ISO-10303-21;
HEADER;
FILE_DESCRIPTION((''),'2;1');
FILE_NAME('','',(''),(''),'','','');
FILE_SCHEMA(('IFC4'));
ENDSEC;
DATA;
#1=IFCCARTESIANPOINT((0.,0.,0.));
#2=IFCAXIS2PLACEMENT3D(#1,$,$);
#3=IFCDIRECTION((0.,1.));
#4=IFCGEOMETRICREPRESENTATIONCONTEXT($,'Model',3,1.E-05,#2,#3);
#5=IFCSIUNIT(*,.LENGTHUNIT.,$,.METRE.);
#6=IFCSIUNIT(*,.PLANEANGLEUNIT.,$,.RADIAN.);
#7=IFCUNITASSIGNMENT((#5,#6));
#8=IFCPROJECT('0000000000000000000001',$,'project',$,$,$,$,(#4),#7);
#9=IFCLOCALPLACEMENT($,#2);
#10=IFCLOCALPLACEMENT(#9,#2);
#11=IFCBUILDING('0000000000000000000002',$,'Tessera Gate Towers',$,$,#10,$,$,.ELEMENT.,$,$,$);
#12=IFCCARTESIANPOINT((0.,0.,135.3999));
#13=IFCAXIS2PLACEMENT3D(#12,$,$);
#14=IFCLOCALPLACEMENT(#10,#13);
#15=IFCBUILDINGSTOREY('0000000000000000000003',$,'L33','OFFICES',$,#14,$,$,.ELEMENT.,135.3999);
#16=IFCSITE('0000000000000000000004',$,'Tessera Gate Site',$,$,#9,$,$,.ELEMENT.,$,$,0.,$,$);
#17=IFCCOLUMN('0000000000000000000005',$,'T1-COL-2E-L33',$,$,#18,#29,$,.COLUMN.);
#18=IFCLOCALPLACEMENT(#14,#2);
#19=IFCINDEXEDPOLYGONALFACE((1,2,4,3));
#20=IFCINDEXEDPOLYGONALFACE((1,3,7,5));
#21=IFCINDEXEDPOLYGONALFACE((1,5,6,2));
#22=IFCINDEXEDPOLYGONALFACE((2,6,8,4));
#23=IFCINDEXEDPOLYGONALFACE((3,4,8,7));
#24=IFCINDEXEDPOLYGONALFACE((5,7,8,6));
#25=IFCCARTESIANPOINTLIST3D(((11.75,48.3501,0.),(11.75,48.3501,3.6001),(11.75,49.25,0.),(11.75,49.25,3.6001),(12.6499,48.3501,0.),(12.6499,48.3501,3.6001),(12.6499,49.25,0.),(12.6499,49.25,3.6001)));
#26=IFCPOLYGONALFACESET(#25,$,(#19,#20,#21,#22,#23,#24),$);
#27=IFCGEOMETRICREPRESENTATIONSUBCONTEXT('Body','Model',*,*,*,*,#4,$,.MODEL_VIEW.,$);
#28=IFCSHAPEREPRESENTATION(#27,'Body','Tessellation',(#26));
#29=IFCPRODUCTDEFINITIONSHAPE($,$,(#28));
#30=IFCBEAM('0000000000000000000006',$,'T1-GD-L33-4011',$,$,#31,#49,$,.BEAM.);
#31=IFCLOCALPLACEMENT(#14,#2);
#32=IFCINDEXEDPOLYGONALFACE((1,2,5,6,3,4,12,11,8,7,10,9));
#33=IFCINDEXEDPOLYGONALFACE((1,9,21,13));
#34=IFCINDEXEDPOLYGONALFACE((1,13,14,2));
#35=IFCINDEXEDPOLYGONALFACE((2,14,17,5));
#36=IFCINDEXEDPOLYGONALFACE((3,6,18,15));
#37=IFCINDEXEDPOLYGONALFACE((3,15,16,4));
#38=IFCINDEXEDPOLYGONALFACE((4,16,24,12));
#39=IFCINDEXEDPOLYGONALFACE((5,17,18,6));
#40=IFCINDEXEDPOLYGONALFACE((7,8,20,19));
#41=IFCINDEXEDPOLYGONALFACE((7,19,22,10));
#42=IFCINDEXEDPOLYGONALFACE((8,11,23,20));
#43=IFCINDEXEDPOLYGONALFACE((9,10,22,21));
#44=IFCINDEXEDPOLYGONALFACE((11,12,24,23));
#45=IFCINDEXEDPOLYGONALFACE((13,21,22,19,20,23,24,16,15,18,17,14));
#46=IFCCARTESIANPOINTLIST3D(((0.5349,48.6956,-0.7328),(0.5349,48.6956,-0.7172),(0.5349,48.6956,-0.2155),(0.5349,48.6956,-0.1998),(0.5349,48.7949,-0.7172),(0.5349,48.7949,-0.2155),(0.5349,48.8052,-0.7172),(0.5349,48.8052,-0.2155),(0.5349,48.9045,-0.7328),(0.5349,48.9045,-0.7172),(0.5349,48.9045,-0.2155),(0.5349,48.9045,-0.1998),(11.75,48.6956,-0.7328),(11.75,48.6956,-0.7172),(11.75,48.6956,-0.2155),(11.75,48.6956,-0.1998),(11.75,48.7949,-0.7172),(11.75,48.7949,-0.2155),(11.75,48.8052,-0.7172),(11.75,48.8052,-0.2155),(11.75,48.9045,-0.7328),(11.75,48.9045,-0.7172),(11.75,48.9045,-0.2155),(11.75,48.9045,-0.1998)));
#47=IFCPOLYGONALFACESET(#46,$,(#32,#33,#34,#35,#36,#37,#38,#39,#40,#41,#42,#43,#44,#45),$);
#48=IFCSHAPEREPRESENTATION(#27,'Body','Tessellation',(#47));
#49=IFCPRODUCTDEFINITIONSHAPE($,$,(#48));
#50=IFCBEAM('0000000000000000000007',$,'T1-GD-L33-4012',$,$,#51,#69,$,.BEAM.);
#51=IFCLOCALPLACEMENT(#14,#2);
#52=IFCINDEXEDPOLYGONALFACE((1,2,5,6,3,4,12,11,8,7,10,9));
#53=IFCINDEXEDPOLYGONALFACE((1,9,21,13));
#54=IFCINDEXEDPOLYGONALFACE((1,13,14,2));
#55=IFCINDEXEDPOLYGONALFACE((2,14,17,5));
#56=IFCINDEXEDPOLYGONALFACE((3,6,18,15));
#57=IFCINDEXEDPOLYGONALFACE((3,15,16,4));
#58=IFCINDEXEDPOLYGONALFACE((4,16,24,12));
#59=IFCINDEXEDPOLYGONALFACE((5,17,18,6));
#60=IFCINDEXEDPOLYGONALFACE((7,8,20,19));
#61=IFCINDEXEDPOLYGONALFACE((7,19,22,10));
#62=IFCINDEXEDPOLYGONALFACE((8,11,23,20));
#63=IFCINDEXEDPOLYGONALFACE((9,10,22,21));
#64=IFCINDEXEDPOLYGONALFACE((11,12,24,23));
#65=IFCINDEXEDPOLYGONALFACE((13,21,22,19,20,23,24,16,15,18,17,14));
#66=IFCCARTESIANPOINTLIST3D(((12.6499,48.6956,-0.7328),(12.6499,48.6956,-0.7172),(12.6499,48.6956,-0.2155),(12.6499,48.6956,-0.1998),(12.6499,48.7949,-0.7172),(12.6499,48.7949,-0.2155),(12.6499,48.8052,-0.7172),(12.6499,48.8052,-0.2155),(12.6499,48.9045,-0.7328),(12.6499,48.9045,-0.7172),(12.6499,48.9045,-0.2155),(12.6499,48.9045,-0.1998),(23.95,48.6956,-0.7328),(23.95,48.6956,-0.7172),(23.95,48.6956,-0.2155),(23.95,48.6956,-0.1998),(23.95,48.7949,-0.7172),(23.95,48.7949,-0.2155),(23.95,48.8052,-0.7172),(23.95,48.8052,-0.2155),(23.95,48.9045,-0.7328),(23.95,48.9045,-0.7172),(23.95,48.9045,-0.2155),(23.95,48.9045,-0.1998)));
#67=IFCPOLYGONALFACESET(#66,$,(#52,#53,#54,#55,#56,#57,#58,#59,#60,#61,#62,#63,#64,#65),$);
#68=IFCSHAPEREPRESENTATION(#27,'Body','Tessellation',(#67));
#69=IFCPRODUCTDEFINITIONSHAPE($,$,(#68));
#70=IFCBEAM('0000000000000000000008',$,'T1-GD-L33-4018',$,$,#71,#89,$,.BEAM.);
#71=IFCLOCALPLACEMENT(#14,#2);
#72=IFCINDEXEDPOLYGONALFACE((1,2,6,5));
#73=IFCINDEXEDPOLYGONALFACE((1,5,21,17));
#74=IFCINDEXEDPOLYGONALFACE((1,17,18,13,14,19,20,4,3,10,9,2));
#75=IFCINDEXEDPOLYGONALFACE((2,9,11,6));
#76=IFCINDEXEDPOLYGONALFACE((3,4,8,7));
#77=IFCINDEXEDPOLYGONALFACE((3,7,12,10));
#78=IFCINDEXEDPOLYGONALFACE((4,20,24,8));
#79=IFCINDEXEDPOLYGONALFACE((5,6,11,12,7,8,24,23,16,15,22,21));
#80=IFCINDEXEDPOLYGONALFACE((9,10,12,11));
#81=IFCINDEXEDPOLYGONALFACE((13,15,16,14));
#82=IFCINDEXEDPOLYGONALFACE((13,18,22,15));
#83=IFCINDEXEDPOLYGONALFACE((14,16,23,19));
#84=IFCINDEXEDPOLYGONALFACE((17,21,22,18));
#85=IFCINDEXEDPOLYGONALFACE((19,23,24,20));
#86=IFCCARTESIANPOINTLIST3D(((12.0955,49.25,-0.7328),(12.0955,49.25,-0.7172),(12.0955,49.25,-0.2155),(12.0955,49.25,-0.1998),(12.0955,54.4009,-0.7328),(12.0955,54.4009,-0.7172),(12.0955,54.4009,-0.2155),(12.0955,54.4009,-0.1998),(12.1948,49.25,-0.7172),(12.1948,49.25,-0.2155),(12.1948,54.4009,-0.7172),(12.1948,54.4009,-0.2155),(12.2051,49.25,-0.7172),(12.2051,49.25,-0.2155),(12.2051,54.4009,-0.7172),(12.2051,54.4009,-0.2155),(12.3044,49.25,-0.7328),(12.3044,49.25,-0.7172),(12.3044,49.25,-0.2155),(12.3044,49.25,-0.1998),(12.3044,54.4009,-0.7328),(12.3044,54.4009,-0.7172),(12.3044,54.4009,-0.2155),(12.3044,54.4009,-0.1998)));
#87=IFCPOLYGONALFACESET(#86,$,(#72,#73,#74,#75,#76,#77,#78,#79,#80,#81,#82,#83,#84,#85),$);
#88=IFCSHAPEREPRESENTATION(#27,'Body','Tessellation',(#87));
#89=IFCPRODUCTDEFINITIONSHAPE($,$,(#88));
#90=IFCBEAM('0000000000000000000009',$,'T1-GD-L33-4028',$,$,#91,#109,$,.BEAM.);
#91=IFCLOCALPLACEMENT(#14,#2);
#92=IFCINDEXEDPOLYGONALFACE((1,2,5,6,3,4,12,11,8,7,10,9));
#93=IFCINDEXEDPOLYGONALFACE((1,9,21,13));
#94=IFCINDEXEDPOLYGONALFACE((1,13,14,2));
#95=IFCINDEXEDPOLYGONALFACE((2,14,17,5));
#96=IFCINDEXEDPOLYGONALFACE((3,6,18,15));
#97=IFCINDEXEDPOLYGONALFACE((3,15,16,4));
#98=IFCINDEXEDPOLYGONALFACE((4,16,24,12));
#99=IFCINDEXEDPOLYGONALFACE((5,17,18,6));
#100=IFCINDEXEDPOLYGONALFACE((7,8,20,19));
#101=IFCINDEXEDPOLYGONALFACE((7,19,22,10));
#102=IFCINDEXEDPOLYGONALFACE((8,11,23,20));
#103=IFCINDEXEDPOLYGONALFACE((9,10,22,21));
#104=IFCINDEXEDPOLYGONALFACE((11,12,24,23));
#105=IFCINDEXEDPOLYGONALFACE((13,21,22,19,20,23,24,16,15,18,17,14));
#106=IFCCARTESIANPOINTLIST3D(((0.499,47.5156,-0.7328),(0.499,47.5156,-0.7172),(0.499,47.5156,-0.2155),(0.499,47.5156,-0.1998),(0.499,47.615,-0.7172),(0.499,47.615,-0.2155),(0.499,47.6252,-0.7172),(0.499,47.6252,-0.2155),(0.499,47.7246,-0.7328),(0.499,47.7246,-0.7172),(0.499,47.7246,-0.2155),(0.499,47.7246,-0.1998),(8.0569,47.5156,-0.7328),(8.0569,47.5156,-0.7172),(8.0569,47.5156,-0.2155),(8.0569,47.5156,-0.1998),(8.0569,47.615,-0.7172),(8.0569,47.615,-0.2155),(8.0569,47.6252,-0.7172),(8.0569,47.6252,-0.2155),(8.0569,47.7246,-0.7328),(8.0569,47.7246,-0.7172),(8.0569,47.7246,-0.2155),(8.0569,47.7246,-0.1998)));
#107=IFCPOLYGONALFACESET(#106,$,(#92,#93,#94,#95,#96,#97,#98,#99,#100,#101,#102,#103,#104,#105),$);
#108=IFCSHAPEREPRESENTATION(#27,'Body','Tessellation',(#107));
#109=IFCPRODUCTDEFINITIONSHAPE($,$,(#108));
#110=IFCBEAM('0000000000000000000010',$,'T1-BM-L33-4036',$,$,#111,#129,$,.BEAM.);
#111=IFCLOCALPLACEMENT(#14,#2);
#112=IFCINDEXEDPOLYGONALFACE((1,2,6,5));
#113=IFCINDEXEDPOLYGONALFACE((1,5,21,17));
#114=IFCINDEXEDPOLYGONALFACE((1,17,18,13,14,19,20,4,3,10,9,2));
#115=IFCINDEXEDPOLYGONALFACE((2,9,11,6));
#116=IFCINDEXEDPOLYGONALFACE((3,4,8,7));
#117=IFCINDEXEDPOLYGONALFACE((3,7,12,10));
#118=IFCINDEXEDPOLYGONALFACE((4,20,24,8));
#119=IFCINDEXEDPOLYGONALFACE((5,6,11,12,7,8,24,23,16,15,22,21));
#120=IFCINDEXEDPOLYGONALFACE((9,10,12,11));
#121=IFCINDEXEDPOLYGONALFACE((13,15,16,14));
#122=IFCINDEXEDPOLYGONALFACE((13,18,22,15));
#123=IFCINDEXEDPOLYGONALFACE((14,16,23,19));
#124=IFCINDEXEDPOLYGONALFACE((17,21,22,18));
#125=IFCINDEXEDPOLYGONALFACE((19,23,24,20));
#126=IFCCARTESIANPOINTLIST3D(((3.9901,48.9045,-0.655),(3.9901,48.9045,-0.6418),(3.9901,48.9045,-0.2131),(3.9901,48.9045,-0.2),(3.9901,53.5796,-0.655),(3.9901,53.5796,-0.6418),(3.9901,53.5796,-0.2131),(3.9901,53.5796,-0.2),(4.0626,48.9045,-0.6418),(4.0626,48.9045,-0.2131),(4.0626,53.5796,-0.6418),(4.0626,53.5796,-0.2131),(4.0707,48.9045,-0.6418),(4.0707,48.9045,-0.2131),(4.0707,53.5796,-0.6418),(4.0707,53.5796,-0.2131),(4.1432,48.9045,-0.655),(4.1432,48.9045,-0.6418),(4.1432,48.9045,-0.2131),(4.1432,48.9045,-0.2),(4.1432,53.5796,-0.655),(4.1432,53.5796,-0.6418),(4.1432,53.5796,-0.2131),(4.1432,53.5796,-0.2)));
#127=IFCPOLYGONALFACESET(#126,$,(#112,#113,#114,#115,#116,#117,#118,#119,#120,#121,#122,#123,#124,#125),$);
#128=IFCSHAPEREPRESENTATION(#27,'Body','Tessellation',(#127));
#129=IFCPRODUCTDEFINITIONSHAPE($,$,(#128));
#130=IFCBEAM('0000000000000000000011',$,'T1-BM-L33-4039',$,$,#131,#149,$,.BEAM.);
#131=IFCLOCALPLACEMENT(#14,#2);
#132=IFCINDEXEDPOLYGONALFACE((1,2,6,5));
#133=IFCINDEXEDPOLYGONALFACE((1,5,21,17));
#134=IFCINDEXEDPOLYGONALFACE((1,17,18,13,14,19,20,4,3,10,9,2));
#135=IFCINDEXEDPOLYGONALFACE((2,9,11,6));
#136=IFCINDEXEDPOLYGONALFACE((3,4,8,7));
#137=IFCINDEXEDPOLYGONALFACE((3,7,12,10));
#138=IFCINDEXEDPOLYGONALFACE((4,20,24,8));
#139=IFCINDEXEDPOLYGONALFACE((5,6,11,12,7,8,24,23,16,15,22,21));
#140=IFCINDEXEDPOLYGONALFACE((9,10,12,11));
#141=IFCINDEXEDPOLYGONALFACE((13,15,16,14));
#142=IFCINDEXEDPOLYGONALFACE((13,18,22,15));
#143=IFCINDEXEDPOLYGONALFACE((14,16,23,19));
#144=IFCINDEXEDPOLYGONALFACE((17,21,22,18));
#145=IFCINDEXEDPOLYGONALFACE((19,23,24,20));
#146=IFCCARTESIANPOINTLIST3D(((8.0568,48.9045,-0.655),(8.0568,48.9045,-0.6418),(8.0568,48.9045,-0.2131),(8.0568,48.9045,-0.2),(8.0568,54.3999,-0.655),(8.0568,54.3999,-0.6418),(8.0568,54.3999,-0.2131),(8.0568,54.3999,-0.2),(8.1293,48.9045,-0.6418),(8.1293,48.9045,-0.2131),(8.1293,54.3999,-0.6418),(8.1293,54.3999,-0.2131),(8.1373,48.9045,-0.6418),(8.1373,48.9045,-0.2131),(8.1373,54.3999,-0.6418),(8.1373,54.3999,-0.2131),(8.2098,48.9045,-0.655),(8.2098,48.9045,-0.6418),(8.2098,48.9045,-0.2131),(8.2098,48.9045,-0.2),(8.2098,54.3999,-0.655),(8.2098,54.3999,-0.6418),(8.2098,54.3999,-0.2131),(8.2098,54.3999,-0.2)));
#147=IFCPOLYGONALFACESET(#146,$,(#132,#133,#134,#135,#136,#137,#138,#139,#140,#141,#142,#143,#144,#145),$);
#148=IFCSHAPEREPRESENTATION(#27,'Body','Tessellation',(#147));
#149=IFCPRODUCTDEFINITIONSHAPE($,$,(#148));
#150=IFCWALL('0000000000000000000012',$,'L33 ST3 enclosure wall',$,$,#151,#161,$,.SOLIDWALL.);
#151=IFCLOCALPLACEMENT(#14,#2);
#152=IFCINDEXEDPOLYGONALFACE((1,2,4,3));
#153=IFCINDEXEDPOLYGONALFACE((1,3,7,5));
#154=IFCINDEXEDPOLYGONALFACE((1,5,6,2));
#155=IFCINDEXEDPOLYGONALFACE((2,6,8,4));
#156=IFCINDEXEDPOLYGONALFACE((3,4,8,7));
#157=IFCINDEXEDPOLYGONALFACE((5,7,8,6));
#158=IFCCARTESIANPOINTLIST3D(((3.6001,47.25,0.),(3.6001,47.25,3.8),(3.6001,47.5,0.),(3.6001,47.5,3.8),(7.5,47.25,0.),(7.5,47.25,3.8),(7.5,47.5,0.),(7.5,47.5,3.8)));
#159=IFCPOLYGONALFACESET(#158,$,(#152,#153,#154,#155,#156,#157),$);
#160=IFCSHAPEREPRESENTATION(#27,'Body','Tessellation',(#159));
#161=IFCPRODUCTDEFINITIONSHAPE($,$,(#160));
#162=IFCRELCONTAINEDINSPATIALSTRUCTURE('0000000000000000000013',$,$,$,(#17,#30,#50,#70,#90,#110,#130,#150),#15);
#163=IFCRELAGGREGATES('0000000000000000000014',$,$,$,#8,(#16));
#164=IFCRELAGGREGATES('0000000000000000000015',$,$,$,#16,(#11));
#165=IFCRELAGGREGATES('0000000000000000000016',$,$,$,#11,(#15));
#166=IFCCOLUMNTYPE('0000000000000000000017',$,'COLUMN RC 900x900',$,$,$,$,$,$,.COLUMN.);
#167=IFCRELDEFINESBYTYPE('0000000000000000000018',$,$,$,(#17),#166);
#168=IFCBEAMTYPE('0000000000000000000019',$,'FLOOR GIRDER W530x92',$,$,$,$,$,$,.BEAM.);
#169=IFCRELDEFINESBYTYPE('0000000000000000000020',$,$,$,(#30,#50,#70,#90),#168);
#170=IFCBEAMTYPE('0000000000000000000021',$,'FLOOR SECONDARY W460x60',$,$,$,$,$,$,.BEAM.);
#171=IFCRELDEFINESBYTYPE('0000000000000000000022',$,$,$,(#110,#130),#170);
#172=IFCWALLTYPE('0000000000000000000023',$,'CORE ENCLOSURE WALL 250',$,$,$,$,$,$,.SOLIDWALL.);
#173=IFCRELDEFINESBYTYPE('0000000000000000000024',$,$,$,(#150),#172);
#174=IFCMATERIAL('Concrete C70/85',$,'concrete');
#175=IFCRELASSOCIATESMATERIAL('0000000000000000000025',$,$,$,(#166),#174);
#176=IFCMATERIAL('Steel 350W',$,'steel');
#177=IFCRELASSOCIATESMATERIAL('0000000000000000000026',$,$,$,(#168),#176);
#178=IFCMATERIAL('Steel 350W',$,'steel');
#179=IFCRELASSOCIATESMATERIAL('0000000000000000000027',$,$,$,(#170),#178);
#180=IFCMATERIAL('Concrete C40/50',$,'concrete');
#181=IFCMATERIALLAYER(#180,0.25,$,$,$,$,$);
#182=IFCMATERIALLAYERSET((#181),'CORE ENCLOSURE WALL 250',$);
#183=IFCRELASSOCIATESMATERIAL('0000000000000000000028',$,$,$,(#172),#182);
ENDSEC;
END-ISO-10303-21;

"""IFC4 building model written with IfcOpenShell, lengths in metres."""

from ifc_helpers import new_model, si_unit, direction, frame, frame_2d, origin, origin_2d, place, context, subcontext, project, spatial, rectangle, i_section, extrude, material, layer, layer_set, material_profile, profile_set, type_object, element, save


model = new_model("IFC4")

# Units and contexts
model_context = context("Model", 3, precision=1e-05, world=origin(), true_north=direction((0.0, 1.0)))
body_context = subcontext(model_context, "Body", "Model", "MODEL_VIEW")
ifc_project = project(units=[si_unit("LENGTHUNIT", "METRE"), si_unit("PLANEANGLEUNIT", "RADIAN")], contexts=[model_context])

# Site, building, storey
site_placement = place(None, origin())
site = spatial("IfcSite", under=ifc_project, at=site_placement, Name="Tessera Gate Site", CompositionType="ELEMENT", RefElevation=0.0)
building_placement = place(site_placement, origin())
building = spatial("IfcBuilding", under=site, at=building_placement, Name="Tessera Gate Towers", CompositionType="ELEMENT")
storey_placement = place(building_placement, frame((0.0, 0.0, 135.3999)))
storey = spatial("IfcBuildingStorey", under=building, at=storey_placement, Name="L33", Description="OFFICES", CompositionType="ELEMENT", Elevation=135.3999)

# Column
ifc_material_1 = material(Name="Concrete C70/85", Category="concrete")
ifc_material_profile_1 = material_profile(ifc_material_1, rectangle(XDim=0.8999, YDim=0.8999, at=origin_2d()), Name="RC 900x900")
ifc_profile_set_1 = profile_set([ifc_material_profile_1], Name="Concrete C70/85")
column_type = type_object("IfcColumnType", Name="COLUMN RC 900x900", PredefinedType="COLUMN", material=ifc_profile_set_1)
column_placement = place(storey_placement, frame((12.2, 48.8, 0.0), z_axis=(0.0, 0.0, 1.0), x_axis=(1.0, 0.0, 0.0)))
element("IfcColumn", 1, at=column_placement, inside=storey, type_object=column_type, Name="T1-COL-2E-L33", PredefinedType="COLUMN", context=body_context, shape_type="SweptSolid", body=[
    extrude(rectangle(XDim=0.8999, YDim=0.8999, at=origin_2d()), origin(), (0.0, 0.0, 1.0), 3.6001),
])

# Beams
ifc_material_2 = material(Name="Steel 350W", Category="steel")
ifc_material_profile_2 = material_profile(ifc_material_2, i_section(OverallWidth=0.209, OverallDepth=0.533, WebThickness=0.0103, FlangeThickness=0.0156, at=origin_2d()), Name="W530x92")
ifc_profile_set_2 = profile_set([ifc_material_profile_2], Name="Steel 350W")
beam_type_1 = type_object("IfcBeamType", Name="FLOOR GIRDER W530x92", PredefinedType="BEAM", material=ifc_profile_set_2)
beam_1_placement = place(storey_placement, frame((0.5349, 48.8, -0.4663), z_axis=(1.0, 0.0, 0.0), x_axis=(0.0, 1.0, 0.0)))
element("IfcBeam", 2, at=beam_1_placement, inside=storey, type_object=beam_type_1, Name="T1-GD-L33-4011", PredefinedType="BEAM", context=body_context, shape_type="SweptSolid", body=[
    extrude(i_section(OverallWidth=0.209, OverallDepth=0.533, WebThickness=0.0103, FlangeThickness=0.0156, at=origin_2d()), origin(), (0.0, 0.0, 1.0), 11.2151),
])
beam_2_placement = place(storey_placement, frame((12.6499, 48.8, -0.4663), z_axis=(1.0, 0.0, 0.0), x_axis=(0.0, 1.0, 0.0)))
element("IfcBeam", 3, at=beam_2_placement, inside=storey, type_object=beam_type_1, Name="T1-GD-L33-4012", PredefinedType="BEAM", context=body_context, shape_type="SweptSolid", body=[
    extrude(i_section(OverallWidth=0.209, OverallDepth=0.533, WebThickness=0.0103, FlangeThickness=0.0156, at=origin_2d()), origin(), (0.0, 0.0, 1.0), 11.3),
])
beam_3_placement = place(storey_placement, frame((12.2, 49.25, -0.4663), z_axis=(0.0, 1.0, 0.0), x_axis=(-1.0, 0.0, 0.0)))
element("IfcBeam", 4, at=beam_3_placement, inside=storey, type_object=beam_type_1, Name="T1-GD-L33-4018", PredefinedType="BEAM", context=body_context, shape_type="SweptSolid", body=[
    extrude(i_section(OverallWidth=0.209, OverallDepth=0.533, WebThickness=0.0103, FlangeThickness=0.0156, at=origin_2d()), origin(), (0.0, 0.0, 1.0), 5.1509),
])
beam_4_placement = place(storey_placement, frame((0.499, 47.6201, -0.4663), z_axis=(1.0, 0.0, 0.0), x_axis=(0.0, 1.0, 0.0)))
element("IfcBeam", 5, at=beam_4_placement, inside=storey, type_object=beam_type_1, Name="T1-GD-L33-4028", PredefinedType="BEAM", context=body_context, shape_type="SweptSolid", body=[
    extrude(i_section(OverallWidth=0.209, OverallDepth=0.533, WebThickness=0.0103, FlangeThickness=0.0156, at=origin_2d()), origin(), (0.0, 0.0, 1.0), 7.5579),
])
ifc_material_3 = material(Name="Steel 350W", Category="steel")
ifc_material_profile_3 = material_profile(ifc_material_3, i_section(OverallWidth=0.1531, OverallDepth=0.4551, WebThickness=0.0081, FlangeThickness=0.0132, at=origin_2d()), Name="W460x60")
ifc_profile_set_3 = profile_set([ifc_material_profile_3], Name="Steel 350W")
beam_type_2 = type_object("IfcBeamType", Name="FLOOR SECONDARY W460x60", PredefinedType="BEAM", material=ifc_profile_set_3)
beam_5_placement = place(storey_placement, frame((4.0667, 48.9045, -0.4275), z_axis=(0.0, 1.0, 0.0), x_axis=(-1.0, 0.0, 0.0)))
element("IfcBeam", 6, at=beam_5_placement, inside=storey, type_object=beam_type_2, Name="T1-BM-L33-4036", PredefinedType="BEAM", context=body_context, shape_type="SweptSolid", body=[
    extrude(i_section(OverallWidth=0.1531, OverallDepth=0.4551, WebThickness=0.0081, FlangeThickness=0.0132, at=origin_2d()), origin(), (0.0, 0.0, 1.0), 4.675),
])
beam_6_placement = place(storey_placement, frame((8.1333, 48.9045, -0.4275), z_axis=(0.0, 1.0, 0.0), x_axis=(-1.0, 0.0, 0.0)))
element("IfcBeam", 7, at=beam_6_placement, inside=storey, type_object=beam_type_2, Name="T1-BM-L33-4039", PredefinedType="BEAM", context=body_context, shape_type="SweptSolid", body=[
    extrude(i_section(OverallWidth=0.1531, OverallDepth=0.4551, WebThickness=0.0081, FlangeThickness=0.0132, at=origin_2d()), origin(), (0.0, 0.0, 1.0), 5.4954),
])

# Wall
ifc_material_4 = material(Name="Concrete C40/50", Category="concrete")
ifc_layer_1 = layer(ifc_material_4, 0.25)
ifc_layer_set_1 = layer_set([ifc_layer_1], Name="CORE ENCLOSURE WALL 250")
wall_type_1 = type_object("IfcWallType", Name="CORE ENCLOSURE WALL 250", PredefinedType="SOLIDWALL", material=ifc_layer_set_1)
wall_1_placement = place(storey_placement, frame((3.6001, 47.375, 0.0), z_axis=(0.0, 0.0, 1.0), x_axis=(1.0, 0.0, 0.0)))
element("IfcWall", 8, at=wall_1_placement, inside=storey, type_object=wall_type_1, Name="L33 ST3 enclosure wall", PredefinedType="SOLIDWALL", context=body_context, shape_type="SweptSolid", body=[
    extrude(rectangle(XDim=3.8999, YDim=0.25, at=frame_2d((1.95, 0.0))), origin(), (0.0, 0.0, 1.0), 3.8),
])

save(model, "model.ifc")
